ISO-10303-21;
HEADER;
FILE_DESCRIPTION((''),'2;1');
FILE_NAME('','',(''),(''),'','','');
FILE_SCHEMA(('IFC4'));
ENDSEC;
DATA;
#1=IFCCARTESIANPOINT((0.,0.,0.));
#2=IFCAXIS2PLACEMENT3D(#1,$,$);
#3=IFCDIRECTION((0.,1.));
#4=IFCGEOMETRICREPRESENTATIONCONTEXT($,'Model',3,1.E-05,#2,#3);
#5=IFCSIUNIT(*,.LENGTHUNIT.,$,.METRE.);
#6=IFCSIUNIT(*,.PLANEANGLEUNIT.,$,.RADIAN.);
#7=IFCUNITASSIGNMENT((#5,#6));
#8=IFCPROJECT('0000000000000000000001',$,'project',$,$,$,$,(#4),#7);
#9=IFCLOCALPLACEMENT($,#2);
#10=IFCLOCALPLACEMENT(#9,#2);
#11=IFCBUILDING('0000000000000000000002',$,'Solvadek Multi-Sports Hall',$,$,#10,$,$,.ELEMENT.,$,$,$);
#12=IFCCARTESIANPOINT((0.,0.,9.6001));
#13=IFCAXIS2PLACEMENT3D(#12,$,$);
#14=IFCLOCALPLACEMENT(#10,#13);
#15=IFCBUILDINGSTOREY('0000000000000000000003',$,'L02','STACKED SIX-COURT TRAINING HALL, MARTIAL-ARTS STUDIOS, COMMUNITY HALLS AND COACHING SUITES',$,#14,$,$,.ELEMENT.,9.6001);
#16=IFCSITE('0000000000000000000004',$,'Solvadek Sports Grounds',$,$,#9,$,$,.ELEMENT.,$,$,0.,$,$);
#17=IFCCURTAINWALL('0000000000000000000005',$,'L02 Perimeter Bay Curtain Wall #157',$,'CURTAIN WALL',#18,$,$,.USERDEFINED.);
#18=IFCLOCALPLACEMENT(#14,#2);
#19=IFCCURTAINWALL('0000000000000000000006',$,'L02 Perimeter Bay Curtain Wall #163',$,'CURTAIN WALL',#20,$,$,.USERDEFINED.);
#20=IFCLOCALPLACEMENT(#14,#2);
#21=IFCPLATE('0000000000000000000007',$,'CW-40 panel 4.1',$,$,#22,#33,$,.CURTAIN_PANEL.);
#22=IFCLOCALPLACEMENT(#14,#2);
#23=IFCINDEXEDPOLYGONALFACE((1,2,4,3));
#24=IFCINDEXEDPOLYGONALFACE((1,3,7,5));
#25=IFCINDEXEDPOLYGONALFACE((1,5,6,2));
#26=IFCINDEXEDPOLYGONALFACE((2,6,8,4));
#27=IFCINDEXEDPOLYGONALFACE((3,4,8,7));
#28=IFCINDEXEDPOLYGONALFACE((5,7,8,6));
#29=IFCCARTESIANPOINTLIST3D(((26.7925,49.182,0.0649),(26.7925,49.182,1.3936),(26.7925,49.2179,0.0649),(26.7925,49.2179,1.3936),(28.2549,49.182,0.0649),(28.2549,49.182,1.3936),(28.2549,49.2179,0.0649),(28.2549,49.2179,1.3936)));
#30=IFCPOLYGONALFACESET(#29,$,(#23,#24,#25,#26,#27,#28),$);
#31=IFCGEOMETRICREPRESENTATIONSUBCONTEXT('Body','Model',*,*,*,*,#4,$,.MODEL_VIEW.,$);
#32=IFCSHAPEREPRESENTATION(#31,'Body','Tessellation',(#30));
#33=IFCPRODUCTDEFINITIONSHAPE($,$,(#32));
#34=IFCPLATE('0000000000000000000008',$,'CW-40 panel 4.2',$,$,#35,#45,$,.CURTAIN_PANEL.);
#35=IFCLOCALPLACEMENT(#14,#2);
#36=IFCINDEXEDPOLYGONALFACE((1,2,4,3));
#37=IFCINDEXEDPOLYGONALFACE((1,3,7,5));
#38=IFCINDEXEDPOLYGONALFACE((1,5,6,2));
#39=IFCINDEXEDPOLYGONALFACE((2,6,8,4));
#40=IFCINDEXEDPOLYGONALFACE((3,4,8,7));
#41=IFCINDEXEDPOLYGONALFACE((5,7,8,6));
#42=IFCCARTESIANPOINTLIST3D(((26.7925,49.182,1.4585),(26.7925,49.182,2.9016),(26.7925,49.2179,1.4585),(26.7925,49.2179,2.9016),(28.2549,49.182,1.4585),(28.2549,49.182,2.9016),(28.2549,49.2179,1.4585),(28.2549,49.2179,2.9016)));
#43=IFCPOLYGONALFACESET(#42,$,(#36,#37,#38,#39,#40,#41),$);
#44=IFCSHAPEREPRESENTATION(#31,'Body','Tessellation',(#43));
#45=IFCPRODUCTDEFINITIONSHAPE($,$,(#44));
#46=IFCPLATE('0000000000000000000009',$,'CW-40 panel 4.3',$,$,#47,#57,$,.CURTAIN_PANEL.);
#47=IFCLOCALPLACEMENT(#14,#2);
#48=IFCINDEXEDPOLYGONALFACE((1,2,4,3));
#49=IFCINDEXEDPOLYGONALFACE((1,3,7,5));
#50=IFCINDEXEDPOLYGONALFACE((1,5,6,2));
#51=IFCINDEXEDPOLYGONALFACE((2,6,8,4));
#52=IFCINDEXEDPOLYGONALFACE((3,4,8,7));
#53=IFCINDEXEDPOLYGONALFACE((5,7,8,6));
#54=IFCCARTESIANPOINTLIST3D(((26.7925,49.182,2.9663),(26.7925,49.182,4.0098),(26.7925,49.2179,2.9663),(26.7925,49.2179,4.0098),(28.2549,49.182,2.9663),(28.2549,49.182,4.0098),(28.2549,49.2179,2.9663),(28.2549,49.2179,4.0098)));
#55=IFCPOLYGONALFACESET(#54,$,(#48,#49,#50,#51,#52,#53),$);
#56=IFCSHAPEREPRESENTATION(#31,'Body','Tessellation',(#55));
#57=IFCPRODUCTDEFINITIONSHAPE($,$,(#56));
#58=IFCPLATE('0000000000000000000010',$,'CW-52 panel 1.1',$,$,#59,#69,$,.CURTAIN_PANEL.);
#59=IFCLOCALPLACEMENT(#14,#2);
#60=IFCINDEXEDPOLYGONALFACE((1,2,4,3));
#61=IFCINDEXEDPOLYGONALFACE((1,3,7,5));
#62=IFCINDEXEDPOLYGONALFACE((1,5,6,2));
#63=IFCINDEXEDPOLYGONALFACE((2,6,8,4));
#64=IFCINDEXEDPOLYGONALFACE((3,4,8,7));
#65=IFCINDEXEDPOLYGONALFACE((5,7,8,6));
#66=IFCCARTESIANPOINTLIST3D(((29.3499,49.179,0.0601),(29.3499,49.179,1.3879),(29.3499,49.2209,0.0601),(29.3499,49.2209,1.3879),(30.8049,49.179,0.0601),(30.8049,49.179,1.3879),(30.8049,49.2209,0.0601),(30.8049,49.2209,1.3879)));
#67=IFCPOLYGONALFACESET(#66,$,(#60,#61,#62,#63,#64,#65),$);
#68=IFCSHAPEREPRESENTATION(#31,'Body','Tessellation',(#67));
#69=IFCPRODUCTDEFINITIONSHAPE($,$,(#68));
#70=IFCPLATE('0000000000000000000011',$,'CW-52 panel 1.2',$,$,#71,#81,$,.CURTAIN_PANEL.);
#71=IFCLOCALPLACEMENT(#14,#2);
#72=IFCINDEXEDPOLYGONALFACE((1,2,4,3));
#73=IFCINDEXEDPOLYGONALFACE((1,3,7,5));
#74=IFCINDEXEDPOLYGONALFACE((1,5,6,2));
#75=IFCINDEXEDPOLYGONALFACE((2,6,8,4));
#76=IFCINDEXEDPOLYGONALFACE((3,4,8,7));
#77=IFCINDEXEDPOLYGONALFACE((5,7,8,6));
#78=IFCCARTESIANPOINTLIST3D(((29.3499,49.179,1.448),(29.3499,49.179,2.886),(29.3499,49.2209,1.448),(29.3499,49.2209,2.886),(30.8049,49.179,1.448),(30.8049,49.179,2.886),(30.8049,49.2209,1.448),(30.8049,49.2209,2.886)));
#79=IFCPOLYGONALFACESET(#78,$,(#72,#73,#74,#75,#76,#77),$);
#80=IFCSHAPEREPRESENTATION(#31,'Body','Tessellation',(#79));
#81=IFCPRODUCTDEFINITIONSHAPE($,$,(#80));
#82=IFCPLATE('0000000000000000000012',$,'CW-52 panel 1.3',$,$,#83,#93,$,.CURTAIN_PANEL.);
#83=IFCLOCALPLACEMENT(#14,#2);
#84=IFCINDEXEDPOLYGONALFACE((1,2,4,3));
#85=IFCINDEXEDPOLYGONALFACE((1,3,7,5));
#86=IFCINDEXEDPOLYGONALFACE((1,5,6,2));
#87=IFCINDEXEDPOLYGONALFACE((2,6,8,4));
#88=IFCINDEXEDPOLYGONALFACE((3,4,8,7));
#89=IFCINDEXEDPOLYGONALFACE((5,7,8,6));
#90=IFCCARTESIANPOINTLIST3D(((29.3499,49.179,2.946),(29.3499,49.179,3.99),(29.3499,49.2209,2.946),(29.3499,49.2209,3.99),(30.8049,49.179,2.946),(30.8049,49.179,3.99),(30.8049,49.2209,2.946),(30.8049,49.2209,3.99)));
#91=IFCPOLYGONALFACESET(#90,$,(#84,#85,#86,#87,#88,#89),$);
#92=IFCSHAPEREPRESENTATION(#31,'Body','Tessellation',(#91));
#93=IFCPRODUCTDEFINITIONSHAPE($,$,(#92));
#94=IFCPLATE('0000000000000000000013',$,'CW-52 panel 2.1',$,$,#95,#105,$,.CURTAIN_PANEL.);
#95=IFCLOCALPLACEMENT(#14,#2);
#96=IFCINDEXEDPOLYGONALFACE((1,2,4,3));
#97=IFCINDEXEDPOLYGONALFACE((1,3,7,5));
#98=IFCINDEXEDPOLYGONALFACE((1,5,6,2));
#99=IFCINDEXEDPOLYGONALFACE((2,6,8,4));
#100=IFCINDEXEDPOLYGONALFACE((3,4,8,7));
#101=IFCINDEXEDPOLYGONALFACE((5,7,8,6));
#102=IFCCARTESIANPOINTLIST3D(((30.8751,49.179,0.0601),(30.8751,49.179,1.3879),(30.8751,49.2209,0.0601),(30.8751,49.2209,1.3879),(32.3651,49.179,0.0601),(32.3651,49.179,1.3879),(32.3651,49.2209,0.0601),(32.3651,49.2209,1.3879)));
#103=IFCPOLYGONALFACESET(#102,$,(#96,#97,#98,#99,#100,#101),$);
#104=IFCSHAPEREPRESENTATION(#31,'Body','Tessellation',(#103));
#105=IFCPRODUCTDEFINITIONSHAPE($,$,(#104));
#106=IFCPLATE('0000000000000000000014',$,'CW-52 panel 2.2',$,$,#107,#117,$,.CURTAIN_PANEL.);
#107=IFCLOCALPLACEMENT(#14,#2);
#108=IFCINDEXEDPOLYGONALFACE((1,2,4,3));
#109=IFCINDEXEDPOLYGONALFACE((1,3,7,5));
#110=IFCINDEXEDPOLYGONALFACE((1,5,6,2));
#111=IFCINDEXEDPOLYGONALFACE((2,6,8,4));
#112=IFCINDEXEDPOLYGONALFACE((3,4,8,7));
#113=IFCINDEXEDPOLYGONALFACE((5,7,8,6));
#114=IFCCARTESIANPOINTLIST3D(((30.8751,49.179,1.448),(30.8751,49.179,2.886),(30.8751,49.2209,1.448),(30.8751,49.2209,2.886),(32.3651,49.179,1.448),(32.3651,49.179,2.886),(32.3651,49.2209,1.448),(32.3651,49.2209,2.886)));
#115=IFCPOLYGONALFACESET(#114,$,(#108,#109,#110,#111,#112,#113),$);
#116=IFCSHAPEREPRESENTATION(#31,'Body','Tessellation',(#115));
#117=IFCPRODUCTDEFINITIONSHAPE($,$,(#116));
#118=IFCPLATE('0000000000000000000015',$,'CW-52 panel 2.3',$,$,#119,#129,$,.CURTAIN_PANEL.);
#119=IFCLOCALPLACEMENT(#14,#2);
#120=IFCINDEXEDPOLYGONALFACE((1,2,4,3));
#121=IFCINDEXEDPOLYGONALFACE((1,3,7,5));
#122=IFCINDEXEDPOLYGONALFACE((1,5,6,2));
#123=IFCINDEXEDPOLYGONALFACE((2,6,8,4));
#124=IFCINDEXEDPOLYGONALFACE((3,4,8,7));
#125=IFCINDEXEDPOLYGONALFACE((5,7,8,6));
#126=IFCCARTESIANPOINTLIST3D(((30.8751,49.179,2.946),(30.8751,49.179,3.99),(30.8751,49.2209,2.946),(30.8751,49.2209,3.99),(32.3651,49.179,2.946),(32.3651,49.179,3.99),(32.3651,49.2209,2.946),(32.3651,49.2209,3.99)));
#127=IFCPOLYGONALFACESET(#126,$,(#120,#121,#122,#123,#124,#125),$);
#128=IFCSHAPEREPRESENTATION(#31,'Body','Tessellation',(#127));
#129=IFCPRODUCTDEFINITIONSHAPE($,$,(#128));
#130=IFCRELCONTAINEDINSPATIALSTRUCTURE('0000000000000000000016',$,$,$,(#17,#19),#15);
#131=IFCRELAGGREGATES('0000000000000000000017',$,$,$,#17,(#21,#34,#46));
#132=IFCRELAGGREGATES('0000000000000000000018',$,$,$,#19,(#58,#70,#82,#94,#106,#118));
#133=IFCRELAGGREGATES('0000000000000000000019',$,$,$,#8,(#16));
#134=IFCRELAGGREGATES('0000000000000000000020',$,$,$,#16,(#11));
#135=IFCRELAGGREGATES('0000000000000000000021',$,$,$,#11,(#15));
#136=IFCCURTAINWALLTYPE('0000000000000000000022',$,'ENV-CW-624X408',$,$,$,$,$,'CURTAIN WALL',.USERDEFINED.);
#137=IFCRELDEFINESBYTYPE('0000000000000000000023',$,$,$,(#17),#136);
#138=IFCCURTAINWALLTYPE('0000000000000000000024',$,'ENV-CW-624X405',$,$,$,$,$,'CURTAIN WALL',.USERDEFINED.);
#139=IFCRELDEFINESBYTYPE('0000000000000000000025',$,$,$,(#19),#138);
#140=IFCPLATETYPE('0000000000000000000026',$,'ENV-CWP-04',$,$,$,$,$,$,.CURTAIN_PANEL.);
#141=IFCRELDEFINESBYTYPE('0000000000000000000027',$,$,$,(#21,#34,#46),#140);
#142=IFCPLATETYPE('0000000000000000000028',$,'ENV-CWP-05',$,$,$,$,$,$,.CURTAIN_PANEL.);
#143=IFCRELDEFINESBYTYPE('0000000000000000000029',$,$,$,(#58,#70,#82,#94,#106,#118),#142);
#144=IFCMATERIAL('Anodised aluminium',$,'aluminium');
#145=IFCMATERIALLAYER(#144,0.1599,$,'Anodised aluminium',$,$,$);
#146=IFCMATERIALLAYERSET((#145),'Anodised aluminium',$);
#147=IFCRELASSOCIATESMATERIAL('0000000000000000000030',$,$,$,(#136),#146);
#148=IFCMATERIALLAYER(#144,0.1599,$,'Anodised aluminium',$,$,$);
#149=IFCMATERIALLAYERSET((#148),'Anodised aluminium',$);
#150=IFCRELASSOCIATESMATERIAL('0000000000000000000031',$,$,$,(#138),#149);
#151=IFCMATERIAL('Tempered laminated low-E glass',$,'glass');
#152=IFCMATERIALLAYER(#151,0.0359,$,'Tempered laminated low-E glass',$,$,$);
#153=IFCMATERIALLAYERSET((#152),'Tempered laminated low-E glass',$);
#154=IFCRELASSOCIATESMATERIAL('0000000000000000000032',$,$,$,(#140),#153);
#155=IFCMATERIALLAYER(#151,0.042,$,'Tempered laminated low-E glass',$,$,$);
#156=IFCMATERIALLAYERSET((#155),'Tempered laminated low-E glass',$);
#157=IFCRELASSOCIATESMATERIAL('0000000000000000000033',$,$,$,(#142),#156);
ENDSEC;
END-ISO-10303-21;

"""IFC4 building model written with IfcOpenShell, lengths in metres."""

from ifc_helpers import new_model, si_unit, direction, frame, origin, origin_2d, place, context, subcontext, project, spatial, rectangle, extrude, material, layer, layer_set, type_object, element, aggregate, save


model = new_model("IFC4")

# Units and contexts
model_context = context("Model", 3, precision=1e-05, world=origin(), true_north=direction((0.0, 1.0)))
body_context = subcontext(model_context, "Body", "Model", "MODEL_VIEW")
ifc_project = project(units=[si_unit("LENGTHUNIT", "METRE"), si_unit("PLANEANGLEUNIT", "RADIAN")], contexts=[model_context])

# Site, building, storey
site_placement = place(None, origin())
site = spatial("IfcSite", under=ifc_project, at=site_placement, Name="Solvadek Sports Grounds", CompositionType="ELEMENT", RefElevation=0.0)
building_placement = place(site_placement, origin())
building = spatial("IfcBuilding", under=site, at=building_placement, Name="Solvadek Multi-Sports Hall", CompositionType="ELEMENT")
storey_placement = place(building_placement, frame((0.0, 0.0, 9.6001)))
storey = spatial("IfcBuildingStorey", under=building, at=storey_placement, Name="L02", Description="STACKED SIX-COURT TRAINING HALL, MARTIAL-ARTS STUDIOS, COMMUNITY HALLS AND COACHING SUITES", CompositionType="ELEMENT", Elevation=9.6001)

# Curtain wall
ifc_material_1 = material(Name="Anodised aluminium", Category="aluminium")
ifc_layer_1 = layer(ifc_material_1, 0.1599, Name="Anodised aluminium")
ifc_layer_set_1 = layer_set([ifc_layer_1], Name="Anodised aluminium")
curtain_wall_type_1 = type_object("IfcCurtainWallType", Name="ENV-CW-624X408", ElementType="CURTAIN WALL", PredefinedType="USERDEFINED", material=ifc_layer_set_1)
curtain_wall_1_placement = place(storey_placement, origin())
curtain_wall_1 = element("IfcCurtainWall", 1, at=curtain_wall_1_placement, inside=storey, type_object=curtain_wall_type_1, Name="L02 Perimeter Bay Curtain Wall #157", ObjectType="CURTAIN WALL", PredefinedType="USERDEFINED")

# Curtain wall
ifc_layer_2 = layer(ifc_material_1, 0.1599, Name="Anodised aluminium")
ifc_layer_set_2 = layer_set([ifc_layer_2], Name="Anodised aluminium")
curtain_wall_type_2 = type_object("IfcCurtainWallType", Name="ENV-CW-624X405", ElementType="CURTAIN WALL", PredefinedType="USERDEFINED", material=ifc_layer_set_2)
curtain_wall_2_placement = place(storey_placement, origin())
curtain_wall_2 = element("IfcCurtainWall", 2, at=curtain_wall_2_placement, inside=storey, type_object=curtain_wall_type_2, Name="L02 Perimeter Bay Curtain Wall #163", ObjectType="CURTAIN WALL", PredefinedType="USERDEFINED")

# Plates
ifc_material_2 = material(Name="Tempered laminated low-E glass", Category="glass")
ifc_layer_3 = layer(ifc_material_2, 0.0359, Name="Tempered laminated low-E glass")
ifc_layer_set_3 = layer_set([ifc_layer_3], Name="Tempered laminated low-E glass")
plate_type_1 = type_object("IfcPlateType", Name="ENV-CWP-04", PredefinedType="CURTAIN_PANEL", material=ifc_layer_set_3)
plate_1_placement = place(storey_placement, frame((27.5237, 49.2, 0.0649), z_axis=(0.0, 0.0, 1.0), x_axis=(1.0, 0.0, 0.0)))
plate_1 = element("IfcPlate", 3, at=plate_1_placement, type_object=plate_type_1, Name="CW-40 panel 4.1", PredefinedType="CURTAIN_PANEL", context=body_context, shape_type="SweptSolid", body=[
    extrude(rectangle(XDim=1.4624, YDim=0.0359, at=origin_2d()), origin(), (0.0, 0.0, 1.0), 1.3286),
])
plate_2_placement = place(storey_placement, frame((27.5237, 49.2, 1.4585), z_axis=(0.0, 0.0, 1.0), x_axis=(1.0, 0.0, 0.0)))
plate_2 = element("IfcPlate", 4, at=plate_2_placement, type_object=plate_type_1, Name="CW-40 panel 4.2", PredefinedType="CURTAIN_PANEL", context=body_context, shape_type="SweptSolid", body=[
    extrude(rectangle(XDim=1.4624, YDim=0.0359, at=origin_2d()), origin(), (0.0, 0.0, 1.0), 1.4431),
])
plate_3_placement = place(storey_placement, frame((27.5237, 49.2, 2.9663), z_axis=(0.0, 0.0, 1.0), x_axis=(1.0, 0.0, 0.0)))
plate_3 = element("IfcPlate", 5, at=plate_3_placement, type_object=plate_type_1, Name="CW-40 panel 4.3", PredefinedType="CURTAIN_PANEL", context=body_context, shape_type="SweptSolid", body=[
    extrude(rectangle(XDim=1.4624, YDim=0.0359, at=origin_2d()), origin(), (0.0, 0.0, 1.0), 1.0435),
])
aggregate(curtain_wall_1, [plate_1, plate_2, plate_3])
ifc_layer_4 = layer(ifc_material_2, 0.042, Name="Tempered laminated low-E glass")
ifc_layer_set_4 = layer_set([ifc_layer_4], Name="Tempered laminated low-E glass")
plate_type_2 = type_object("IfcPlateType", Name="ENV-CWP-05", PredefinedType="CURTAIN_PANEL", material=ifc_layer_set_4)
plate_4_placement = place(storey_placement, frame((30.0774, 49.2, 0.0601), z_axis=(0.0, 0.0, 1.0), x_axis=(1.0, 0.0, 0.0)))
plate_4 = element("IfcPlate", 6, at=plate_4_placement, type_object=plate_type_2, Name="CW-52 panel 1.1", PredefinedType="CURTAIN_PANEL", context=body_context, shape_type="SweptSolid", body=[
    extrude(rectangle(XDim=1.4551, YDim=0.042, at=origin_2d()), origin(), (0.0, 0.0, 1.0), 1.3279),
])
plate_5_placement = place(storey_placement, frame((30.0774, 49.2, 1.448), z_axis=(0.0, 0.0, 1.0), x_axis=(1.0, 0.0, 0.0)))
plate_5 = element("IfcPlate", 7, at=plate_5_placement, type_object=plate_type_2, Name="CW-52 panel 1.2", PredefinedType="CURTAIN_PANEL", context=body_context, shape_type="SweptSolid", body=[
    extrude(rectangle(XDim=1.4551, YDim=0.042, at=origin_2d()), origin(), (0.0, 0.0, 1.0), 1.438),
])
plate_6_placement = place(storey_placement, frame((30.0774, 49.2, 2.946), z_axis=(0.0, 0.0, 1.0), x_axis=(1.0, 0.0, 0.0)))
plate_6 = element("IfcPlate", 8, at=plate_6_placement, type_object=plate_type_2, Name="CW-52 panel 1.3", PredefinedType="CURTAIN_PANEL", context=body_context, shape_type="SweptSolid", body=[
    extrude(rectangle(XDim=1.4551, YDim=0.042, at=origin_2d()), origin(), (0.0, 0.0, 1.0), 1.0439),
])
plate_7_placement = place(storey_placement, frame((31.6201, 49.2, 0.0601), z_axis=(0.0, 0.0, 1.0), x_axis=(1.0, 0.0, 0.0)))
plate_7 = element("IfcPlate", 9, at=plate_7_placement, type_object=plate_type_2, Name="CW-52 panel 2.1", PredefinedType="CURTAIN_PANEL", context=body_context, shape_type="SweptSolid", body=[
    extrude(rectangle(XDim=1.49, YDim=0.042, at=origin_2d()), origin(), (0.0, 0.0, 1.0), 1.3279),
])
plate_8_placement = place(storey_placement, frame((31.6201, 49.2, 1.448), z_axis=(0.0, 0.0, 1.0), x_axis=(1.0, 0.0, 0.0)))
plate_8 = element("IfcPlate", 10, at=plate_8_placement, type_object=plate_type_2, Name="CW-52 panel 2.2", PredefinedType="CURTAIN_PANEL", context=body_context, shape_type="SweptSolid", body=[
    extrude(rectangle(XDim=1.49, YDim=0.042, at=origin_2d()), origin(), (0.0, 0.0, 1.0), 1.438),
])
plate_9_placement = place(storey_placement, frame((31.6201, 49.2, 2.946), z_axis=(0.0, 0.0, 1.0), x_axis=(1.0, 0.0, 0.0)))
plate_9 = element("IfcPlate", 11, at=plate_9_placement, type_object=plate_type_2, Name="CW-52 panel 2.3", PredefinedType="CURTAIN_PANEL", context=body_context, shape_type="SweptSolid", body=[
    extrude(rectangle(XDim=1.49, YDim=0.042, at=origin_2d()), origin(), (0.0, 0.0, 1.0), 1.0439),
])
aggregate(curtain_wall_2, [plate_4, plate_5, plate_6, plate_7, plate_8, plate_9])

save(model, "model.ifc")
